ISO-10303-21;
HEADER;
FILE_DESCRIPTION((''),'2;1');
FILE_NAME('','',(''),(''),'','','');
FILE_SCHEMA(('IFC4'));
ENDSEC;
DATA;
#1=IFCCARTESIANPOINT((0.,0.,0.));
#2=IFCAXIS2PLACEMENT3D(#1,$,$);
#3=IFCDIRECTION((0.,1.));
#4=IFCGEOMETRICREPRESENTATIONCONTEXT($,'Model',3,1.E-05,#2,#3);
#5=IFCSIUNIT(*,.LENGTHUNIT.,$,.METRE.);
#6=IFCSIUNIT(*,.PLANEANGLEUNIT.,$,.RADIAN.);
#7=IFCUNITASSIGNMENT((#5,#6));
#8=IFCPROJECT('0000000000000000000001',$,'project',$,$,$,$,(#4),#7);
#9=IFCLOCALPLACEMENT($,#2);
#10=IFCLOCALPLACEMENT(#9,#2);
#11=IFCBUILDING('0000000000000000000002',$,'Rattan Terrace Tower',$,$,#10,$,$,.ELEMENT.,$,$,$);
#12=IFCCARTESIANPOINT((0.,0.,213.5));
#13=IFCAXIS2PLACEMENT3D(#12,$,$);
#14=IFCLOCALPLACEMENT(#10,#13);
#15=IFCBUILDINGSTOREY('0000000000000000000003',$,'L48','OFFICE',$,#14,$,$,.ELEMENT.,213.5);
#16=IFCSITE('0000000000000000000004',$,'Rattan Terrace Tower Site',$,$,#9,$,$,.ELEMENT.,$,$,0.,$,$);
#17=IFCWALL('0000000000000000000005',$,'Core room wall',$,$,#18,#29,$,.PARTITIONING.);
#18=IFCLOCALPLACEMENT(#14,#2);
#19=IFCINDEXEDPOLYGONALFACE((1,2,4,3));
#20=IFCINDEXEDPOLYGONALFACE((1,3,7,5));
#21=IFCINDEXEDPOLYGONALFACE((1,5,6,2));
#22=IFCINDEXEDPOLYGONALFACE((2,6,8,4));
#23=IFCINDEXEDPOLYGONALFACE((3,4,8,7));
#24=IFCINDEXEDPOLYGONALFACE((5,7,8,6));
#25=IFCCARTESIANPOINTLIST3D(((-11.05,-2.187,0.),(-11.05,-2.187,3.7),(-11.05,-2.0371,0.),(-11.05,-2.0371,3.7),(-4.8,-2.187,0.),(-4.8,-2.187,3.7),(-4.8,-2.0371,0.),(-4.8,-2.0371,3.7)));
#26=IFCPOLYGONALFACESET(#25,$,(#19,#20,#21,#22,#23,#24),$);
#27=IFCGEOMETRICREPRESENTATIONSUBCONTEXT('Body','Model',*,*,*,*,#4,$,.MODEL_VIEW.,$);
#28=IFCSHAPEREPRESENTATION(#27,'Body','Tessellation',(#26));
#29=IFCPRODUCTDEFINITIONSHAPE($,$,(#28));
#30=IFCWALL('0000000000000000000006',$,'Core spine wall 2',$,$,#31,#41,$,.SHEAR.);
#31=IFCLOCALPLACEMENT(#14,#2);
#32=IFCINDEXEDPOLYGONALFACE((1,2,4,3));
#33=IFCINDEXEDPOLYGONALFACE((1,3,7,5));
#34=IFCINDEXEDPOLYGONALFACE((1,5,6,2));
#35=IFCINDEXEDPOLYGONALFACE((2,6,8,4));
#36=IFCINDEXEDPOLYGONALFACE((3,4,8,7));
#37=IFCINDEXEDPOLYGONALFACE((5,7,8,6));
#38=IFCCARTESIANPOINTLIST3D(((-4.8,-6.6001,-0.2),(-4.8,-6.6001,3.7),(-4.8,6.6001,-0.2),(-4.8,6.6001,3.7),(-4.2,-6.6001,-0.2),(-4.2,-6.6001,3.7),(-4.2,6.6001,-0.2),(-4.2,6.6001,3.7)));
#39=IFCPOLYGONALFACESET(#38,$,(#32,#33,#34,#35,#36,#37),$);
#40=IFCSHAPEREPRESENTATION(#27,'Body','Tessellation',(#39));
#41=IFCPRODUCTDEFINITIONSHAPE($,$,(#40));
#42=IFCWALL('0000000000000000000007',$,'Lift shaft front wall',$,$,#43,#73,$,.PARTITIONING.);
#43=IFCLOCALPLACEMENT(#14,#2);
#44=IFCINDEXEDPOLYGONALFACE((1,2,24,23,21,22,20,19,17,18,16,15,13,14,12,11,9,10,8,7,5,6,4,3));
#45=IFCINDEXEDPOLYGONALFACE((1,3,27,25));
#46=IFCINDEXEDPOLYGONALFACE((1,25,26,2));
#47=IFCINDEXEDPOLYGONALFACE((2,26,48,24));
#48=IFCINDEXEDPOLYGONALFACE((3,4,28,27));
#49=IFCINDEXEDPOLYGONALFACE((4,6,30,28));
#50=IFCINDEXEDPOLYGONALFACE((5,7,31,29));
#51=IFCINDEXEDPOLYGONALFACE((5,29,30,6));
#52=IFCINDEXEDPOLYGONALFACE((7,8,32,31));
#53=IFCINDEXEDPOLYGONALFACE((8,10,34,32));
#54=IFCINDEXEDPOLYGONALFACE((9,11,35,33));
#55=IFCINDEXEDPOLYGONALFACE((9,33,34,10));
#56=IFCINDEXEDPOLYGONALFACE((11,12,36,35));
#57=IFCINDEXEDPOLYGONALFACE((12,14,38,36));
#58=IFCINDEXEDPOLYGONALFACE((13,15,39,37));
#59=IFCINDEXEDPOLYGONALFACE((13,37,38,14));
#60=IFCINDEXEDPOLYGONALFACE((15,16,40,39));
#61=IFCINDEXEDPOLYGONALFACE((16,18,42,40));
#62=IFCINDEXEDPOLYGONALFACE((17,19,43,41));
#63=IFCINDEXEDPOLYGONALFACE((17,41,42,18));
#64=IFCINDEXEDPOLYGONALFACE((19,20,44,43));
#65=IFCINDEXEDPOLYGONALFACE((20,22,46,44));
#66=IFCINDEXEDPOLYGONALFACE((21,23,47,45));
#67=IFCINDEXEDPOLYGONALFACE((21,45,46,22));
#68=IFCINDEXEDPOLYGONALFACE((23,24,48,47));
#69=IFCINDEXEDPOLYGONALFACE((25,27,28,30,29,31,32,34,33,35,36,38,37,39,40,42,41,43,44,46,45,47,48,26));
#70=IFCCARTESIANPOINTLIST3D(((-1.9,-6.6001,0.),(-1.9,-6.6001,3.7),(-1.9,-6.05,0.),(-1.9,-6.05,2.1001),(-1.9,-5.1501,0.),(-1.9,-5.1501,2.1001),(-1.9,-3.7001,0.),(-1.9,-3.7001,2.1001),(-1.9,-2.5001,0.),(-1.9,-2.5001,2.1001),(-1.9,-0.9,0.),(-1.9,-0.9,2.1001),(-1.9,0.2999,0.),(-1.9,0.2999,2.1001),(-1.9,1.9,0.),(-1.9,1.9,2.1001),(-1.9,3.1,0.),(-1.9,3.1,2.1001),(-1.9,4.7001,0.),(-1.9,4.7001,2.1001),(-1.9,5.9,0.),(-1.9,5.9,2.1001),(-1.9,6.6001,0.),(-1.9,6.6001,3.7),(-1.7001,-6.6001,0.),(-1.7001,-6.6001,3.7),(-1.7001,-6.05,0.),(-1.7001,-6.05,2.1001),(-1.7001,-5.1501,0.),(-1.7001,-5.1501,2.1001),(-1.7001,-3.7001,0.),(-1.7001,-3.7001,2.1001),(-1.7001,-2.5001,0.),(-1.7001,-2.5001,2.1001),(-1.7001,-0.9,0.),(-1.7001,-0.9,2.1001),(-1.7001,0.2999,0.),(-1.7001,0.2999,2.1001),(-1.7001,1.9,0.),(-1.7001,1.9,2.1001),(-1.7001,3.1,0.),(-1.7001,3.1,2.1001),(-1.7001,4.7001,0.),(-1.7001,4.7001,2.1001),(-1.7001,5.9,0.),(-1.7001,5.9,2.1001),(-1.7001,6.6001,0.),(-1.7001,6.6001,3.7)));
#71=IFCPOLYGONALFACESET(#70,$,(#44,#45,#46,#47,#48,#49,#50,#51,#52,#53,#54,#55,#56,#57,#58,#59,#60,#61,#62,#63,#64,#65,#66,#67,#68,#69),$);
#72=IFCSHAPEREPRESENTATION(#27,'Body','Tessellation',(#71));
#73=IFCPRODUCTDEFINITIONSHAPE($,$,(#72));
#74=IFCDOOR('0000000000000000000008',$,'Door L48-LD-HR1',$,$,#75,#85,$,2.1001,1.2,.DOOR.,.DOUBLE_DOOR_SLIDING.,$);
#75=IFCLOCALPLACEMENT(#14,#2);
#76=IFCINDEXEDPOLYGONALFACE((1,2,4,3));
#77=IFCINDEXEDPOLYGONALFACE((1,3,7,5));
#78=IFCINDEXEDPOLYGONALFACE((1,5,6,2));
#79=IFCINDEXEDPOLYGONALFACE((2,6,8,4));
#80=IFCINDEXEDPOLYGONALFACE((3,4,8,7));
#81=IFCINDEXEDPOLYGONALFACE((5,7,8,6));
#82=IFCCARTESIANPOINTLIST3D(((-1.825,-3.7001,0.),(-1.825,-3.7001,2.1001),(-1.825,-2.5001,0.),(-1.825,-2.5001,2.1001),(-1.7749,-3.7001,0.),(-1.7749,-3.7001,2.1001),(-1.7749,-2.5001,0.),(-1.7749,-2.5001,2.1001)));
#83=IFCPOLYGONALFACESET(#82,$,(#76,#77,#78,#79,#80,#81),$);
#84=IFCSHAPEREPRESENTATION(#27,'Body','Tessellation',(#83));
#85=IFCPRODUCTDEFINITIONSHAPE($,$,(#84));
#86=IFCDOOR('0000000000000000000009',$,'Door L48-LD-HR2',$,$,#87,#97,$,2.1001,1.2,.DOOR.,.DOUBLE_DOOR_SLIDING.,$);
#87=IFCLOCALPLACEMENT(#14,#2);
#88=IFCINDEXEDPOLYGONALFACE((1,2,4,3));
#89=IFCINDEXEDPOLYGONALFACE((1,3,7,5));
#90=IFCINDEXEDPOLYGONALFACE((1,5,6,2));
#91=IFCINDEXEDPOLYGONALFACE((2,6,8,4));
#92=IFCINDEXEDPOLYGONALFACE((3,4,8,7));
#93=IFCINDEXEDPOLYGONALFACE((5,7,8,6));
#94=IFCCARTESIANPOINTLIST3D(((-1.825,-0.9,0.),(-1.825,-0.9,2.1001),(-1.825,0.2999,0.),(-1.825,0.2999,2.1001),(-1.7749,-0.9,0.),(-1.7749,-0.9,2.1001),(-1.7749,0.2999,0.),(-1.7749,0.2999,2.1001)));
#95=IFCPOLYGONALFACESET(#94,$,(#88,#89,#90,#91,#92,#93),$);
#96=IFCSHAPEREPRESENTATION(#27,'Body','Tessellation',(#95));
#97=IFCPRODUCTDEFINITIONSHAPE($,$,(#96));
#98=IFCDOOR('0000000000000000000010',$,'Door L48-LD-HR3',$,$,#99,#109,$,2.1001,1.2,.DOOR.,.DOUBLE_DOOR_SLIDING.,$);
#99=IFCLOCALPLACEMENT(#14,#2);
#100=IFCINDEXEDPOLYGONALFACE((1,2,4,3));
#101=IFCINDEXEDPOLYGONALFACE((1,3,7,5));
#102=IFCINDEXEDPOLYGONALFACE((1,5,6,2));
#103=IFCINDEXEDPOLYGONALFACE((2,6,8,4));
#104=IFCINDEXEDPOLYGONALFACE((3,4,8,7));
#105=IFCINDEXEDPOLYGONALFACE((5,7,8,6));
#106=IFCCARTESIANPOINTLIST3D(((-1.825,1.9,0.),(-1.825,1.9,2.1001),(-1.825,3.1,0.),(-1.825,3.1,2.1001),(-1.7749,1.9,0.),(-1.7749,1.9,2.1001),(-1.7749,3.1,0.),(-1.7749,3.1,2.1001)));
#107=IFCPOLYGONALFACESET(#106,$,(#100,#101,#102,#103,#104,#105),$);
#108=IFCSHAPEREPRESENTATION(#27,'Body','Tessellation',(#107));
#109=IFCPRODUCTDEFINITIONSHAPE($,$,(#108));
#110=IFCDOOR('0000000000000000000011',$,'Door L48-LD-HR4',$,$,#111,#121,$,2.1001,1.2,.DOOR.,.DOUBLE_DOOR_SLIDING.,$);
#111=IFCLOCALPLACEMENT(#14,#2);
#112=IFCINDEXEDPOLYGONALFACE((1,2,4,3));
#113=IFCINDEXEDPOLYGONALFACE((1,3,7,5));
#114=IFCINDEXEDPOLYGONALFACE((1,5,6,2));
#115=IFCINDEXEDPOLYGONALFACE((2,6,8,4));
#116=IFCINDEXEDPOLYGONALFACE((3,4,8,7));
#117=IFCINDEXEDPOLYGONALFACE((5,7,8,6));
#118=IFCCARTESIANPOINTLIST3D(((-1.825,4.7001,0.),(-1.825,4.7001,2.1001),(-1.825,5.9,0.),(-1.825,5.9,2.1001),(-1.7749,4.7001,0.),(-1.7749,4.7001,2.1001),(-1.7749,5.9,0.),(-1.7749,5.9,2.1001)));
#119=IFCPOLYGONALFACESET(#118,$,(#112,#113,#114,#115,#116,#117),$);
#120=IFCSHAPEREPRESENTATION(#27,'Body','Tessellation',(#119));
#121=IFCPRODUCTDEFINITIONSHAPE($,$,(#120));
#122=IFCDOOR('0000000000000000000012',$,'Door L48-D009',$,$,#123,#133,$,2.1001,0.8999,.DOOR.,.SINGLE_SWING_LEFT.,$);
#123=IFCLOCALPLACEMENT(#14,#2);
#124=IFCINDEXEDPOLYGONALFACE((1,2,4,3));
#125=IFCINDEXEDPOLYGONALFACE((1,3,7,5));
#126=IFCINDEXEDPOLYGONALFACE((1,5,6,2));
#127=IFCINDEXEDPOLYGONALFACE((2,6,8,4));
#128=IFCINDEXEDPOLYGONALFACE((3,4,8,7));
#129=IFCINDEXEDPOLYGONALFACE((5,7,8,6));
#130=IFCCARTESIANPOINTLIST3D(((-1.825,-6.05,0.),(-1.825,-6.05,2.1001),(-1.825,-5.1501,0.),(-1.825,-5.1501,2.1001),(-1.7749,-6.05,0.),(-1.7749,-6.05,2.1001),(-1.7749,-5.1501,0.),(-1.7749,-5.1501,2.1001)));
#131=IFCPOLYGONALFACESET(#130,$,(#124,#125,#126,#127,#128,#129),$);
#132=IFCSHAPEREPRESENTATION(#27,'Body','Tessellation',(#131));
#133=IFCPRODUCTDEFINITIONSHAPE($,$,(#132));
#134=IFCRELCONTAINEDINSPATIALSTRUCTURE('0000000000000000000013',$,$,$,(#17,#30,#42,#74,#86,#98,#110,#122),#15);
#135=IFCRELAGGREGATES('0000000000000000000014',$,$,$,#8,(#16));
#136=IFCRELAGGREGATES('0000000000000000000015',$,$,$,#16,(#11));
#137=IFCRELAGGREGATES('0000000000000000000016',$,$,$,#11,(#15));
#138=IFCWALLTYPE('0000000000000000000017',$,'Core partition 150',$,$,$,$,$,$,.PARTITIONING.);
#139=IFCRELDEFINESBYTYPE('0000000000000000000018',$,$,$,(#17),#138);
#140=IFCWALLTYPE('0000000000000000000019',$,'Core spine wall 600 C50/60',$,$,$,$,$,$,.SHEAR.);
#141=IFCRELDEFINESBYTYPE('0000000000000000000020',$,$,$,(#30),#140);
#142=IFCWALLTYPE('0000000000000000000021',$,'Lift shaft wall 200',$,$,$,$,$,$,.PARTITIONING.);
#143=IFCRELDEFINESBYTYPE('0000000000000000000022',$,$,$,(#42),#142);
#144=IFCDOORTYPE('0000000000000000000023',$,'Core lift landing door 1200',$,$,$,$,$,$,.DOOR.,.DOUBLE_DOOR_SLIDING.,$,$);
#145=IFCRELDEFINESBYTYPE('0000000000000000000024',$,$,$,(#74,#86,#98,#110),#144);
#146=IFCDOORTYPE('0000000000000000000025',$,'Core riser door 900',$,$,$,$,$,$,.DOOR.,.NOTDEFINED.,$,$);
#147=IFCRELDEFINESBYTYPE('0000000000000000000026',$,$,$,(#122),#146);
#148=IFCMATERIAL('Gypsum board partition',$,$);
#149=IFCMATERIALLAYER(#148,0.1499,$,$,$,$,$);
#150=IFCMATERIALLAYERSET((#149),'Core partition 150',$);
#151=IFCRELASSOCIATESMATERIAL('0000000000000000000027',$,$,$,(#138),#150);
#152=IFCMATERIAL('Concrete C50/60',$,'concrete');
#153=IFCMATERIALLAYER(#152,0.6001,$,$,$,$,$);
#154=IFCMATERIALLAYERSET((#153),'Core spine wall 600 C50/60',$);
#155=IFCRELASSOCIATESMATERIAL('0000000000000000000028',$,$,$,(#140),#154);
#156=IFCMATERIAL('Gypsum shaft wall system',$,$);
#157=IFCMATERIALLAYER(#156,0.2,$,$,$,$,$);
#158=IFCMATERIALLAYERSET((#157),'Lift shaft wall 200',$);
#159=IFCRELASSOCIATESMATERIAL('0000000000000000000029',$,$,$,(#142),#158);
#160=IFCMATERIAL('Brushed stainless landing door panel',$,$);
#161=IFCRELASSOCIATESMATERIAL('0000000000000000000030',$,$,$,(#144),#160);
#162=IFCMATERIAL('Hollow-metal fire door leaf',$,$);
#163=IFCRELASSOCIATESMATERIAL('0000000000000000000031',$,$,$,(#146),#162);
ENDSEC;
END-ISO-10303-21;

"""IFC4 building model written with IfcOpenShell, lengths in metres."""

from ifc_helpers import new_model, si_unit, direction, frame, frame_2d, origin, place, context, subcontext, project, spatial, rectangle, extrude, material, layer, layer_set, type_object, element, fill, save


model = new_model("IFC4")

# Units and contexts
model_context = context("Model", 3, precision=1e-05, world=origin(), true_north=direction((0.0, 1.0)))
body_context = subcontext(model_context, "Body", "Model", "MODEL_VIEW")
ifc_project = project(units=[si_unit("LENGTHUNIT", "METRE"), si_unit("PLANEANGLEUNIT", "RADIAN")], contexts=[model_context])

# Site, building, storey
site_placement = place(None, origin())
site = spatial("IfcSite", under=ifc_project, at=site_placement, Name="Rattan Terrace Tower Site", CompositionType="ELEMENT", RefElevation=0.0)
building_placement = place(site_placement, origin())
building = spatial("IfcBuilding", under=site, at=building_placement, Name="Rattan Terrace Tower", CompositionType="ELEMENT")
storey_placement = place(building_placement, frame((0.0, 0.0, 213.5)))
storey = spatial("IfcBuildingStorey", under=building, at=storey_placement, Name="L48", Description="OFFICE", CompositionType="ELEMENT", Elevation=213.5)

# Walls
ifc_material_1 = material(Name="Gypsum board partition")
ifc_layer_1 = layer(ifc_material_1, 0.1499)
ifc_layer_set_1 = layer_set([ifc_layer_1], Name="Core partition 150")
wall_type_1 = type_object("IfcWallType", Name="Core partition 150", PredefinedType="PARTITIONING", material=ifc_layer_set_1)
wall_1_placement = place(storey_placement, frame((-11.05, -2.1121, 0.0), z_axis=(0.0, 0.0, 1.0), x_axis=(1.0, 0.0, 0.0)))
element("IfcWall", 1, at=wall_1_placement, inside=storey, type_object=wall_type_1, Name="Core room wall", PredefinedType="PARTITIONING", context=body_context, shape_type="SweptSolid", body=[
    extrude(rectangle(XDim=6.25, YDim=0.1499, at=frame_2d((3.125, 0.0))), origin(), (0.0, 0.0, 1.0), 3.7),
])
ifc_material_2 = material(Name="Concrete C50/60", Category="concrete")
ifc_layer_2 = layer(ifc_material_2, 0.6001)
ifc_layer_set_2 = layer_set([ifc_layer_2], Name="Core spine wall 600 C50/60")
wall_type_2 = type_object("IfcWallType", Name="Core spine wall 600 C50/60", PredefinedType="SHEAR", material=ifc_layer_set_2)
wall_2_placement = place(storey_placement, frame((-4.5, -6.6001, -0.2), z_axis=(0.0, 0.0, 1.0), x_axis=(0.0, 1.0, 0.0)))
element("IfcWall", 2, at=wall_2_placement, inside=storey, type_object=wall_type_2, Name="Core spine wall 2", PredefinedType="SHEAR", context=body_context, shape_type="SweptSolid", body=[
    extrude(rectangle(XDim=13.2002, YDim=0.6001, at=frame_2d((6.6001, 0.0))), origin(), (0.0, 0.0, 1.0), 3.8999),
])

# Wall, openings, doors
ifc_material_3 = material(Name="Gypsum shaft wall system")
ifc_layer_3 = layer(ifc_material_3, 0.2)
ifc_layer_set_3 = layer_set([ifc_layer_3], Name="Lift shaft wall 200")
wall_type_3 = type_object("IfcWallType", Name="Lift shaft wall 200", PredefinedType="PARTITIONING", material=ifc_layer_set_3)
wall_3_placement = place(storey_placement, frame((-1.8, -6.6001, 0.0), z_axis=(0.0, 0.0, 1.0), x_axis=(0.0, 1.0, 0.0)))
wall_3 = element("IfcWall", 3, at=wall_3_placement, inside=storey, type_object=wall_type_3, Name="Lift shaft front wall", PredefinedType="PARTITIONING", context=body_context, shape_type="SweptSolid", body=[
    extrude(rectangle(XDim=13.2002, YDim=0.2, at=frame_2d((6.6001, 0.0))), origin(), (0.0, 0.0, 1.0), 3.7),
])
opening_1_placement = place(wall_3_placement, frame((0.55, 0.0, 0.0)))
opening_1 = element("IfcOpeningElement", 4, at=opening_1_placement, cuts=wall_3, PredefinedType="OPENING", context=body_context, shape_type="SweptSolid", body=[
    extrude(rectangle(XDim=0.8999, YDim=2.1001, at=frame_2d((0.45, 1.05))), frame((0.0, 0.1106, 0.0), z_axis=(0.0, -1.0, 0.0), x_axis=(1.0, 0.0, 0.0)), (0.0, 0.0, 1.0), 0.2209),
])
opening_2_placement = place(wall_3_placement, frame((2.8999, 0.0, 0.0)))
opening_2 = element("IfcOpeningElement", 5, at=opening_2_placement, cuts=wall_3, PredefinedType="OPENING", context=body_context, shape_type="SweptSolid", body=[
    extrude(rectangle(XDim=1.2, YDim=2.1001, at=frame_2d((0.6001, 1.05))), frame((0.0, 0.1106, 0.0), z_axis=(0.0, -1.0, 0.0), x_axis=(1.0, 0.0, 0.0)), (0.0, 0.0, 1.0), 0.2209),
])
opening_3_placement = place(wall_3_placement, frame((5.7, 0.0, 0.0)))
opening_3 = element("IfcOpeningElement", 6, at=opening_3_placement, cuts=wall_3, PredefinedType="OPENING", context=body_context, shape_type="SweptSolid", body=[
    extrude(rectangle(XDim=1.2, YDim=2.1001, at=frame_2d((0.6001, 1.05))), frame((0.0, 0.1106, 0.0), z_axis=(0.0, -1.0, 0.0), x_axis=(1.0, 0.0, 0.0)), (0.0, 0.0, 1.0), 0.2209),
])
opening_4_placement = place(wall_3_placement, frame((8.5, 0.0, 0.0)))
opening_4 = element("IfcOpeningElement", 7, at=opening_4_placement, cuts=wall_3, PredefinedType="OPENING", context=body_context, shape_type="SweptSolid", body=[
    extrude(rectangle(XDim=1.2, YDim=2.1001, at=frame_2d((0.6001, 1.05))), frame((0.0, 0.1106, 0.0), z_axis=(0.0, -1.0, 0.0), x_axis=(1.0, 0.0, 0.0)), (0.0, 0.0, 1.0), 0.2209),
])
opening_5_placement = place(wall_3_placement, frame((11.3, 0.0, 0.0)))
opening_5 = element("IfcOpeningElement", 8, at=opening_5_placement, cuts=wall_3, PredefinedType="OPENING", context=body_context, shape_type="SweptSolid", body=[
    extrude(rectangle(XDim=1.2, YDim=2.1001, at=frame_2d((0.6001, 1.05))), frame((0.0, 0.1106, 0.0), z_axis=(0.0, -1.0, 0.0), x_axis=(1.0, 0.0, 0.0)), (0.0, 0.0, 1.0), 0.2209),
])
ifc_material_4 = material(Name="Brushed stainless landing door panel")
door_type_1 = type_object("IfcDoorType", Name="Core lift landing door 1200", OperationType="DOUBLE_DOOR_SLIDING", PredefinedType="DOOR", material=ifc_material_4)
door_1_placement = place(opening_2_placement, origin())
door_1 = element("IfcDoor", 9, at=door_1_placement, inside=storey, type_object=door_type_1, Name="Door L48-LD-HR1", OperationType="DOUBLE_DOOR_SLIDING", OverallHeight=2.1001, OverallWidth=1.2, PredefinedType="DOOR", context=body_context, shape_type="SweptSolid", body=[
    extrude(rectangle(XDim=1.2, YDim=2.1001, at=frame_2d((0.6001, 1.05))), frame((0.0, 0.0249, 0.0), z_axis=(0.0, -1.0, 0.0), x_axis=(1.0, 0.0, 0.0)), (0.0, 0.0, 1.0), 0.05),
])
fill(opening_2, door_1)
door_2_placement = place(opening_3_placement, origin())
door_2 = element("IfcDoor", 10, at=door_2_placement, inside=storey, type_object=door_type_1, Name="Door L48-LD-HR2", OperationType="DOUBLE_DOOR_SLIDING", OverallHeight=2.1001, OverallWidth=1.2, PredefinedType="DOOR", context=body_context, shape_type="SweptSolid", body=[
    extrude(rectangle(XDim=1.2, YDim=2.1001, at=frame_2d((0.6001, 1.05))), frame((0.0, 0.0249, 0.0), z_axis=(0.0, -1.0, 0.0), x_axis=(1.0, 0.0, 0.0)), (0.0, 0.0, 1.0), 0.05),
])
fill(opening_3, door_2)
door_3_placement = place(opening_4_placement, origin())
door_3 = element("IfcDoor", 11, at=door_3_placement, inside=storey, type_object=door_type_1, Name="Door L48-LD-HR3", OperationType="DOUBLE_DOOR_SLIDING", OverallHeight=2.1001, OverallWidth=1.2, PredefinedType="DOOR", context=body_context, shape_type="SweptSolid", body=[
    extrude(rectangle(XDim=1.2, YDim=2.1001, at=frame_2d((0.6001, 1.05))), frame((0.0, 0.0249, 0.0), z_axis=(0.0, -1.0, 0.0), x_axis=(1.0, 0.0, 0.0)), (0.0, 0.0, 1.0), 0.05),
])
fill(opening_4, door_3)
door_4_placement = place(opening_5_placement, origin())
door_4 = element("IfcDoor", 12, at=door_4_placement, inside=storey, type_object=door_type_1, Name="Door L48-LD-HR4", OperationType="DOUBLE_DOOR_SLIDING", OverallHeight=2.1001, OverallWidth=1.2, PredefinedType="DOOR", context=body_context, shape_type="SweptSolid", body=[
    extrude(rectangle(XDim=1.2, YDim=2.1001, at=frame_2d((0.6001, 1.05))), frame((0.0, 0.0249, 0.0), z_axis=(0.0, -1.0, 0.0), x_axis=(1.0, 0.0, 0.0)), (0.0, 0.0, 1.0), 0.05),
])
fill(opening_5, door_4)
ifc_material_5 = material(Name="Hollow-metal fire door leaf")
door_type_2 = type_object("IfcDoorType", Name="Core riser door 900", OperationType="NOTDEFINED", PredefinedType="DOOR", material=ifc_material_5)
door_5_placement = place(opening_1_placement, origin())
door_5 = element("IfcDoor", 13, at=door_5_placement, inside=storey, type_object=door_type_2, Name="Door L48-D009", OperationType="SINGLE_SWING_LEFT", OverallHeight=2.1001, OverallWidth=0.8999, PredefinedType="DOOR", context=body_context, shape_type="SweptSolid", body=[
    extrude(rectangle(XDim=0.8999, YDim=2.1001, at=frame_2d((0.45, 1.05))), frame((0.0, 0.0249, 0.0), z_axis=(0.0, -1.0, 0.0), x_axis=(1.0, 0.0, 0.0)), (0.0, 0.0, 1.0), 0.05),
])
fill(opening_1, door_5)

save(model, "model.ifc")
